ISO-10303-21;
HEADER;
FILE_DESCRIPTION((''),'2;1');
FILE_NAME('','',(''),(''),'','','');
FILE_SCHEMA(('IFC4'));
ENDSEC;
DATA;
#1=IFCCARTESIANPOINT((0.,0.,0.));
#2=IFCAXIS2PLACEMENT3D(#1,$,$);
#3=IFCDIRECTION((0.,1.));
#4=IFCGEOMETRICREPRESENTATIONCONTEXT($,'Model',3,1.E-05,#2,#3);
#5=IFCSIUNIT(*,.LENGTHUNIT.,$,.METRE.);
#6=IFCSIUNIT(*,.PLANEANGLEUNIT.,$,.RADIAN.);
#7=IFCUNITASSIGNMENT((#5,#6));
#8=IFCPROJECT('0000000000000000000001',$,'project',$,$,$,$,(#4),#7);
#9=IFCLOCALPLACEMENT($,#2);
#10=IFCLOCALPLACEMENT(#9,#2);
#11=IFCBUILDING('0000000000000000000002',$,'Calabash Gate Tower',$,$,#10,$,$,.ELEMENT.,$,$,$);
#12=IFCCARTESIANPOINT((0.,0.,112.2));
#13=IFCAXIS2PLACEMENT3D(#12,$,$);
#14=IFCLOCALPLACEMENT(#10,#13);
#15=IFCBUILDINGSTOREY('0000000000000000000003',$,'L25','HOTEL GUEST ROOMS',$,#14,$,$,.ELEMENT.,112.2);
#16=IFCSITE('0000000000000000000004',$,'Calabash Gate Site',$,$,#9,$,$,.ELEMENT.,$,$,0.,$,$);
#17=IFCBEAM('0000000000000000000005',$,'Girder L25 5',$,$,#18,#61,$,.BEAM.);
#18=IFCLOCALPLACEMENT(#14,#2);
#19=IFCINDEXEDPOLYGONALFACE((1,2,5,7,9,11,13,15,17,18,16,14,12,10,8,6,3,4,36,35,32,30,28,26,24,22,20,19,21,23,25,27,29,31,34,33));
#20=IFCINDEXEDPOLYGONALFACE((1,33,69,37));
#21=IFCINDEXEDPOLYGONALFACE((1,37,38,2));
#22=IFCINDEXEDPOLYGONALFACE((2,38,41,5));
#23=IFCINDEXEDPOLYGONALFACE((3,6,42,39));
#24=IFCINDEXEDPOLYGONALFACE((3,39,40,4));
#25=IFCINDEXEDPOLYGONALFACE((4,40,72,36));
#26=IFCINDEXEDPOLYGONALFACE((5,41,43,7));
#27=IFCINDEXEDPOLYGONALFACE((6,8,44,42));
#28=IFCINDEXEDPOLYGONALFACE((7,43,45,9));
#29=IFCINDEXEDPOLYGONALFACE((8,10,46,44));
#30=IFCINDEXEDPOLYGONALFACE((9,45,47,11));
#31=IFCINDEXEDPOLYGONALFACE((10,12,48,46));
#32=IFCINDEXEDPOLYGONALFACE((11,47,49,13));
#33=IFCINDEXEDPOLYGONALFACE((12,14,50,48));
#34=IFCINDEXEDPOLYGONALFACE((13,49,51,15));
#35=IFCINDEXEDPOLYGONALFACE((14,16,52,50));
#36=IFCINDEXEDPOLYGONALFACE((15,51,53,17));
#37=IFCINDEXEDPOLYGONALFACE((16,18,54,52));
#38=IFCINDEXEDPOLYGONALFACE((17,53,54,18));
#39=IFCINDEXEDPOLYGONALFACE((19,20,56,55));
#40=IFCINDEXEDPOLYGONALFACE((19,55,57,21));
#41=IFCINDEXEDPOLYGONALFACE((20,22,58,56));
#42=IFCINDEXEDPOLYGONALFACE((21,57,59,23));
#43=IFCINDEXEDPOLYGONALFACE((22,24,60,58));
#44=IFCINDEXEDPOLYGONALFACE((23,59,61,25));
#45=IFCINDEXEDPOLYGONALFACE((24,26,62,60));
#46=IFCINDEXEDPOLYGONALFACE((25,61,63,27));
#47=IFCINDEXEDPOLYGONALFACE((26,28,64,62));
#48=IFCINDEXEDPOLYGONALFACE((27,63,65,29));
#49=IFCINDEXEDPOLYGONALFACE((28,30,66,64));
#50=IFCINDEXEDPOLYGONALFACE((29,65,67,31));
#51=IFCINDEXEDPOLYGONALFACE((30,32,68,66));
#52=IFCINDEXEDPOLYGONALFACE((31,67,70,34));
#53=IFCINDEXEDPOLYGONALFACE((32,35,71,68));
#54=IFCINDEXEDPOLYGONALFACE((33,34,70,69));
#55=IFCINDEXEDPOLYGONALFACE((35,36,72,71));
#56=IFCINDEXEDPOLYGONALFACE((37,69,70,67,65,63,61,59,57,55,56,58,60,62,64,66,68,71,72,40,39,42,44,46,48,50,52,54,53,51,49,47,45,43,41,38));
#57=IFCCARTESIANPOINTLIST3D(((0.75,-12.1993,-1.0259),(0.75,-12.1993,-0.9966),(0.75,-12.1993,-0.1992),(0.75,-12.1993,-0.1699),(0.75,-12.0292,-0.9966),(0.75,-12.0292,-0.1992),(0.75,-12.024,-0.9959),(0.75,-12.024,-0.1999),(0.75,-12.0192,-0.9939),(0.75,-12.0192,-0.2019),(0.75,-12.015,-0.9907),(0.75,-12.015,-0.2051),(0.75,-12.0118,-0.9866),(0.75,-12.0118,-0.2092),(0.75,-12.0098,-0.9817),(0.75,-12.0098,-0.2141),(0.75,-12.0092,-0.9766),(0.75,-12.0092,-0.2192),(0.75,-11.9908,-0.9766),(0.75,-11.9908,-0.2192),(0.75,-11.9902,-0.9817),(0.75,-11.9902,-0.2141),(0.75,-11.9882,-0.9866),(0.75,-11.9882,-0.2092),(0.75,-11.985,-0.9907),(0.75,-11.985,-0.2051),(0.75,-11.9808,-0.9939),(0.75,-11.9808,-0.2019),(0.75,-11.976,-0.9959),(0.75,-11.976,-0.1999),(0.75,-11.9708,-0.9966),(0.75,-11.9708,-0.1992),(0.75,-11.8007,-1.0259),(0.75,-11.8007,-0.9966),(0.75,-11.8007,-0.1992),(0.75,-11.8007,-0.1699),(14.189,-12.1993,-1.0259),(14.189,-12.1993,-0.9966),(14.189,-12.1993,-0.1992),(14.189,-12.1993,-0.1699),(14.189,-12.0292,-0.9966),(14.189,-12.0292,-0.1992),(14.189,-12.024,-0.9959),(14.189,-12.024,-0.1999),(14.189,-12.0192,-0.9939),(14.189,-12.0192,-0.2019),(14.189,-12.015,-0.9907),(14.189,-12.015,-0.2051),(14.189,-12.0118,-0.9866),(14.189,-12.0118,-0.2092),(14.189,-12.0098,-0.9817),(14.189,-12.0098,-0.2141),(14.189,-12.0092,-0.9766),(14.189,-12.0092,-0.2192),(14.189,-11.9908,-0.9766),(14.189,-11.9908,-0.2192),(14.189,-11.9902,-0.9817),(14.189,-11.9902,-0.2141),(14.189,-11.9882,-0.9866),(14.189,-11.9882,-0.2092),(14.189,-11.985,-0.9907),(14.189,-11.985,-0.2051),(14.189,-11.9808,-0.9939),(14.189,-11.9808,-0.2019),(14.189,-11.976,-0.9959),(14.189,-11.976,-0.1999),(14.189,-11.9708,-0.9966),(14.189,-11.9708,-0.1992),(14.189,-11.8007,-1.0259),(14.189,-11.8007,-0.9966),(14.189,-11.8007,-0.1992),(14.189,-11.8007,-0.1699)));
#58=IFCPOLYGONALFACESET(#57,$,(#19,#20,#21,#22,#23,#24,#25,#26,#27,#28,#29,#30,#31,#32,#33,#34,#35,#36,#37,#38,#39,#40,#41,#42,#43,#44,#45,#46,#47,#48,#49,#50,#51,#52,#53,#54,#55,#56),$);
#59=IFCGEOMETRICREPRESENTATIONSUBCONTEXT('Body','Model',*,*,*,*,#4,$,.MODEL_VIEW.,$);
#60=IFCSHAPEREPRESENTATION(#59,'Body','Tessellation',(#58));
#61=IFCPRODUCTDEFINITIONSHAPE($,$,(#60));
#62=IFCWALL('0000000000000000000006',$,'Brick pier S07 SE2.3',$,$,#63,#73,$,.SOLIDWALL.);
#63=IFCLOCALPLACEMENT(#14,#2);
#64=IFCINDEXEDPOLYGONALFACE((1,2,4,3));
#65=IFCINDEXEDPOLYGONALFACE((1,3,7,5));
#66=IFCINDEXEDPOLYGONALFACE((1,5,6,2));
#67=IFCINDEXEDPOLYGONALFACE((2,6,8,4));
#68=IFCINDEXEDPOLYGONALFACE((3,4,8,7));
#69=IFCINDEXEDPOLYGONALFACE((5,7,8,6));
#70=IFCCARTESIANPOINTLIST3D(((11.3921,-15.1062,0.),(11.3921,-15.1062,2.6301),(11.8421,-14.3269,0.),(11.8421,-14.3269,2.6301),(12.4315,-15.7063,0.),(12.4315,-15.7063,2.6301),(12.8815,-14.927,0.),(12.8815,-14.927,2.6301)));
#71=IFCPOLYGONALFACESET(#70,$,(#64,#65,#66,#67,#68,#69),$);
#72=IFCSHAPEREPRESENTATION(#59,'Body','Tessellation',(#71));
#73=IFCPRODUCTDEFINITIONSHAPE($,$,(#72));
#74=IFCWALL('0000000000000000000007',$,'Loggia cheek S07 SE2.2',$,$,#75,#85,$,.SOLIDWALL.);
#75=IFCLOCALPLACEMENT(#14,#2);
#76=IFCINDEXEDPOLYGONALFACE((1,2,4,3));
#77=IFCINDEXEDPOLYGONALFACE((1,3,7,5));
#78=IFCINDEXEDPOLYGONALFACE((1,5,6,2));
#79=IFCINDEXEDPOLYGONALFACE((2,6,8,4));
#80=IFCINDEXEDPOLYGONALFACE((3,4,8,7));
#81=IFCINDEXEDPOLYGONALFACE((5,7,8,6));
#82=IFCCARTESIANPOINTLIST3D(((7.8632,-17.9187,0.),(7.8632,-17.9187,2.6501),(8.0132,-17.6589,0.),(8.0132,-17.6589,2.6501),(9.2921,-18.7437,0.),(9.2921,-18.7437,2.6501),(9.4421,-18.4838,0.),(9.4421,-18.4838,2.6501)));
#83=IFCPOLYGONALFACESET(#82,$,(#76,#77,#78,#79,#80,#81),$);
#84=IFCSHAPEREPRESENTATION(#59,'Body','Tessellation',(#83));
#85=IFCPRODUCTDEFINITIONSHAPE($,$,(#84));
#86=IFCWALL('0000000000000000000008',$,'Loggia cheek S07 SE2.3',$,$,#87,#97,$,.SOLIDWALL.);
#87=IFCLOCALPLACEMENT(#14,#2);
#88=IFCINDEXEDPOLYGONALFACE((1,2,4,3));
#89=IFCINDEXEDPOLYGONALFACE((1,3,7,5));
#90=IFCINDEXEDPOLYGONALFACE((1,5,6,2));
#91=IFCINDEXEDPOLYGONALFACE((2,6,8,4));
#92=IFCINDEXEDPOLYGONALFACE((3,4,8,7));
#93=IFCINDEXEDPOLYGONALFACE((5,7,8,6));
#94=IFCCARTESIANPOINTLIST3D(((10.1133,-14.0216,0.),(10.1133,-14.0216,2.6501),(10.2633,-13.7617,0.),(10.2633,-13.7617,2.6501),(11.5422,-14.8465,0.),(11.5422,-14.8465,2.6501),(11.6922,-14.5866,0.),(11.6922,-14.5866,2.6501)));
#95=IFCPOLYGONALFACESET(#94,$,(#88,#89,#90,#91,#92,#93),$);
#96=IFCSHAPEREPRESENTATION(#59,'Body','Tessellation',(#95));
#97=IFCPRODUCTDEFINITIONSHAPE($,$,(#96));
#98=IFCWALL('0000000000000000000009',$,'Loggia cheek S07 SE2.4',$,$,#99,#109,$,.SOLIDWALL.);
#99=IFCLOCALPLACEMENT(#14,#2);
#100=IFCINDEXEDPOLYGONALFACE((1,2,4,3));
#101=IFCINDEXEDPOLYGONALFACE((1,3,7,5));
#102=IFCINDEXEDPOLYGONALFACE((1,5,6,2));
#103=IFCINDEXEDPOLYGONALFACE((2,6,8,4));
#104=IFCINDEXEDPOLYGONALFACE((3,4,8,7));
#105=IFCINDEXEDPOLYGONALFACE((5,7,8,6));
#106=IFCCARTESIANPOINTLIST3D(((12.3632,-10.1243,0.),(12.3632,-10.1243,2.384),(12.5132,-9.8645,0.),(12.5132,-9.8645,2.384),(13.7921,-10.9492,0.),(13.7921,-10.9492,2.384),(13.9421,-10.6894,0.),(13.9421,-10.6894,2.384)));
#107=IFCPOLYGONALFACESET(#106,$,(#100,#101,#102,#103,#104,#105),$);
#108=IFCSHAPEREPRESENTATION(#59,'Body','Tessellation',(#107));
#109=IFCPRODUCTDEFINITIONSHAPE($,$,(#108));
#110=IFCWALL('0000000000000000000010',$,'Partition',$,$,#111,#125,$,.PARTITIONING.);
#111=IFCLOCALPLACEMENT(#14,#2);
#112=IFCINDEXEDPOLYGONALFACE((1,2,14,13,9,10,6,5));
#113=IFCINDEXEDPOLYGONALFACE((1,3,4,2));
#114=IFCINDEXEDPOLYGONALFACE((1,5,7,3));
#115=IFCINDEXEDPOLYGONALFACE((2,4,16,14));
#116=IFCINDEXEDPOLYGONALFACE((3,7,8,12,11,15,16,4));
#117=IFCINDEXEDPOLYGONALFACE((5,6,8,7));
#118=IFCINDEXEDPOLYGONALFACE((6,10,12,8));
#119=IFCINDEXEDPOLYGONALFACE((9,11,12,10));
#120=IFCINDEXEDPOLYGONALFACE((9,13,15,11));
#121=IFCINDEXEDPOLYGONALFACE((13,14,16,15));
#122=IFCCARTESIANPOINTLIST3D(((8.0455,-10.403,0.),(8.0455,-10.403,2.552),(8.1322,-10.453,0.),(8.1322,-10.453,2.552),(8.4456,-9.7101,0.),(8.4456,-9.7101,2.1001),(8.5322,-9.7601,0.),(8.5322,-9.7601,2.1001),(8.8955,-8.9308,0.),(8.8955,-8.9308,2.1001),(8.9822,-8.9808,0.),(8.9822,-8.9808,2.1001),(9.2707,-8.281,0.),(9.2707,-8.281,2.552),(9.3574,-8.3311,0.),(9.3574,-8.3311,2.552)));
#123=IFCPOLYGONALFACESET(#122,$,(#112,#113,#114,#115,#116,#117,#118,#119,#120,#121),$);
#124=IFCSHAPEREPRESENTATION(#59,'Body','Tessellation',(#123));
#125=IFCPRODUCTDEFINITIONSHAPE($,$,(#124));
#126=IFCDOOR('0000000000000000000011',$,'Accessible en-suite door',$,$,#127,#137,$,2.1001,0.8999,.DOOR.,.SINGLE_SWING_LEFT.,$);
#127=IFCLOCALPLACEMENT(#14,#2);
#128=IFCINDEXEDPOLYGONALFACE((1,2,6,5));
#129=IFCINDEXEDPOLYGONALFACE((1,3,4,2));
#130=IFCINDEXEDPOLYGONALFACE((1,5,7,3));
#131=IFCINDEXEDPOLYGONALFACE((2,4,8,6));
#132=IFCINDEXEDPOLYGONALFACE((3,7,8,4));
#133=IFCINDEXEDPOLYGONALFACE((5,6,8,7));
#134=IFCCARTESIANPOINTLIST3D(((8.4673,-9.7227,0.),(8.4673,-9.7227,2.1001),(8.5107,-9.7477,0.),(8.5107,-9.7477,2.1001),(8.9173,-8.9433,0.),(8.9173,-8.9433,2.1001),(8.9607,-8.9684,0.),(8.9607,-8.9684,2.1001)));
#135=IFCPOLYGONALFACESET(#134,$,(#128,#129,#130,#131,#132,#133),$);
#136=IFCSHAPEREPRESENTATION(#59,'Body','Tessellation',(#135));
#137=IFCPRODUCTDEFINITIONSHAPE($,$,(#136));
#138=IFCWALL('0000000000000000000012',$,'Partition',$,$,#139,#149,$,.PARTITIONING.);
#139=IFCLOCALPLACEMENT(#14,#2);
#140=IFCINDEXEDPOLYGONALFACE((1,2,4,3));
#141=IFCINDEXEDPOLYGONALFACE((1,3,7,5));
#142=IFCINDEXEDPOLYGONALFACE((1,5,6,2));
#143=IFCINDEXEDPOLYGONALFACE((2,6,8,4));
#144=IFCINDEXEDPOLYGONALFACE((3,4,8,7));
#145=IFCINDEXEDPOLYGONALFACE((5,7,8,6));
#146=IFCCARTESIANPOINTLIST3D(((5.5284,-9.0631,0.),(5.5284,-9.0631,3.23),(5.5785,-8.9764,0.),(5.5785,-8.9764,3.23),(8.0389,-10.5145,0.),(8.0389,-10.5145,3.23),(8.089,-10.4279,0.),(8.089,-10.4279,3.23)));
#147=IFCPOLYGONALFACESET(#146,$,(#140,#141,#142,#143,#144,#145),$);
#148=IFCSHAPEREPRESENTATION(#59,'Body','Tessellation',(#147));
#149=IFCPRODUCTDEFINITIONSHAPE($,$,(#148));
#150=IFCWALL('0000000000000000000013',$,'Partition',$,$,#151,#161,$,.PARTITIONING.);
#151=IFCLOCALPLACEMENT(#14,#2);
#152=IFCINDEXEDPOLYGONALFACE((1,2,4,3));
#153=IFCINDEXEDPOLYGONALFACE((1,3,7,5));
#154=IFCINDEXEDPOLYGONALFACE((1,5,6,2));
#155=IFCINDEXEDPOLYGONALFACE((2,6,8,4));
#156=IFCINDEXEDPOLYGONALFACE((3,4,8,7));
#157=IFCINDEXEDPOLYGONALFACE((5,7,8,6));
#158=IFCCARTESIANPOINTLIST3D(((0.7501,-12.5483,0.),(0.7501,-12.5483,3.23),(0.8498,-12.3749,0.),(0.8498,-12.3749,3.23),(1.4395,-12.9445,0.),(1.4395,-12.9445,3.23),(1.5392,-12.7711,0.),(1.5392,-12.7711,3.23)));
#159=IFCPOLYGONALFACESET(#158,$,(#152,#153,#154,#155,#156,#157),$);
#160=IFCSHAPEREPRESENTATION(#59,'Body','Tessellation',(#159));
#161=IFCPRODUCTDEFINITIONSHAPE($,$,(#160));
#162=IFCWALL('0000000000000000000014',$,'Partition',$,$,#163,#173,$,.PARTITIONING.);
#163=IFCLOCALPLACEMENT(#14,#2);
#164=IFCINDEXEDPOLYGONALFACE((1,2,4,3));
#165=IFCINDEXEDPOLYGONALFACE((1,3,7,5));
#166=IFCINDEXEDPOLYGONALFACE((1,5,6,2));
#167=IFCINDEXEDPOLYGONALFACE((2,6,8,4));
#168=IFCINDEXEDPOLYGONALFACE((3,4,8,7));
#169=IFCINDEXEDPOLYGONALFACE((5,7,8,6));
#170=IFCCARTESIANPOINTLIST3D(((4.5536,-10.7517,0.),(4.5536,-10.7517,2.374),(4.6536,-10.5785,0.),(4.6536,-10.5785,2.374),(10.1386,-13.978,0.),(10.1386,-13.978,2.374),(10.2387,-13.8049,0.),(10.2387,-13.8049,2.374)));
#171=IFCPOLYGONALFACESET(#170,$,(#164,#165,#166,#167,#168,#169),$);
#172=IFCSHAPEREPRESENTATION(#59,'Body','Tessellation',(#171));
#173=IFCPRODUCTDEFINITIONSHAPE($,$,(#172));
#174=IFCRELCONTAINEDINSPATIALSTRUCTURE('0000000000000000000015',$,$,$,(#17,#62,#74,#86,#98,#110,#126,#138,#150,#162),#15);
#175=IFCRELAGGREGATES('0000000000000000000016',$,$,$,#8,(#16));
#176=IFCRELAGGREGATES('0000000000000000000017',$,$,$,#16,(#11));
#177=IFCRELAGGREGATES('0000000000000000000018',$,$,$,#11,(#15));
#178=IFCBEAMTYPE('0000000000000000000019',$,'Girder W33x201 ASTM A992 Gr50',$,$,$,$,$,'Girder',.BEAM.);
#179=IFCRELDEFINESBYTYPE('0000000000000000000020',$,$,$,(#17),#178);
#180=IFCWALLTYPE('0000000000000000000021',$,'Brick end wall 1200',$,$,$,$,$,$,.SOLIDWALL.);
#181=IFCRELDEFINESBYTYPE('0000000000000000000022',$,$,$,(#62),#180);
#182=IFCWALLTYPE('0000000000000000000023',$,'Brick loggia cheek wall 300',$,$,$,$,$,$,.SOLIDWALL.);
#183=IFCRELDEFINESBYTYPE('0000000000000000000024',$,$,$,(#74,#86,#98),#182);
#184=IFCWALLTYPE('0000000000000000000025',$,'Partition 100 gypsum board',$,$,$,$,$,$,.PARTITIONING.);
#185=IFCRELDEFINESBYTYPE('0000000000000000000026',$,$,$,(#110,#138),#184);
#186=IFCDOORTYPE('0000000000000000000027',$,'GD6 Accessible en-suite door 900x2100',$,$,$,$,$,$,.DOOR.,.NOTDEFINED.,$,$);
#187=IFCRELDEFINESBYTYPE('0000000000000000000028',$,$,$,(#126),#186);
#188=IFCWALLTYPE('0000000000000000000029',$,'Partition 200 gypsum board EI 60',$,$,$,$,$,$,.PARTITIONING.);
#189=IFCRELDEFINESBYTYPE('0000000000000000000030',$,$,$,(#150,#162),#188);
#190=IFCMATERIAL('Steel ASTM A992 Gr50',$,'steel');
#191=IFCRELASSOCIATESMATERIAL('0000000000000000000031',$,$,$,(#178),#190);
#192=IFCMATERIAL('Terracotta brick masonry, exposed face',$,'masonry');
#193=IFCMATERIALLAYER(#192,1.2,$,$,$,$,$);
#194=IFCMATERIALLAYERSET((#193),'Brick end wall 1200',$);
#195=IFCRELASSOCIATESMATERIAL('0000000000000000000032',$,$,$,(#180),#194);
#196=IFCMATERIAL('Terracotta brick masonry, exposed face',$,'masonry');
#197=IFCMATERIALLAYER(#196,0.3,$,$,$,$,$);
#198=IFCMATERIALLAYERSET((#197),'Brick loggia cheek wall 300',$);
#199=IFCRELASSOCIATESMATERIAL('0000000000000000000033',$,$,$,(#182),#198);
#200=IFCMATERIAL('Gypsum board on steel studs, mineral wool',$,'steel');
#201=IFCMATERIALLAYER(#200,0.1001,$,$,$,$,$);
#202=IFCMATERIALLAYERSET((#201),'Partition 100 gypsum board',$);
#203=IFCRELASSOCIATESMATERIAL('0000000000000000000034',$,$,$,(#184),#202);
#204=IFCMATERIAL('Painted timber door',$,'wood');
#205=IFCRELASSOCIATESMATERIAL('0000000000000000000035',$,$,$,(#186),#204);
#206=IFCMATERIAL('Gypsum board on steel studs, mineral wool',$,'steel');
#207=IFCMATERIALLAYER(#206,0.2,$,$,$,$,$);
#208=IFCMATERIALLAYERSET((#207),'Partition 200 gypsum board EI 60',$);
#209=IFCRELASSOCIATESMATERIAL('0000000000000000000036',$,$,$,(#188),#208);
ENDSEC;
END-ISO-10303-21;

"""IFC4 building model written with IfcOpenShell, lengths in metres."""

from ifc_helpers import new_model, si_unit, direction, frame, frame_2d, origin, origin_2d, place, context, subcontext, project, spatial, rectangle, i_section, extrude, material, layer, layer_set, material_profile, profile_set, type_object, element, fill, save


model = new_model("IFC4")

# Units and contexts
model_context = context("Model", 3, precision=1e-05, world=origin(), true_north=direction((0.0, 1.0)))
body_context = subcontext(model_context, "Body", "Model", "MODEL_VIEW")
ifc_project = project(units=[si_unit("LENGTHUNIT", "METRE"), si_unit("PLANEANGLEUNIT", "RADIAN")], contexts=[model_context])

# Site, building, storey
site_placement = place(None, origin())
site = spatial("IfcSite", under=ifc_project, at=site_placement, Name="Calabash Gate Site", CompositionType="ELEMENT", RefElevation=0.0)
building_placement = place(site_placement, origin())
building = spatial("IfcBuilding", under=site, at=building_placement, Name="Calabash Gate Tower", CompositionType="ELEMENT")
storey_placement = place(building_placement, frame((0.0, 0.0, 112.2)))
storey = spatial("IfcBuildingStorey", under=building, at=storey_placement, Name="L25", Description="HOTEL GUEST ROOMS", CompositionType="ELEMENT", Elevation=112.2)

# Beam
ifc_material_1 = material(Name="Steel ASTM A992 Gr50", Category="steel")
ifc_material_profile_1 = material_profile(ifc_material_1, i_section(OverallWidth=0.3987, OverallDepth=0.856, WebThickness=0.0183, FlangeThickness=0.0293, FilletRadius=0.02, at=origin_2d()))
ifc_profile_set_1 = profile_set([ifc_material_profile_1], Name="Steel ASTM A992 Gr50")
beam_type_1 = type_object("IfcBeamType", Name="Girder W33x201 ASTM A992 Gr50", ElementType="Girder", PredefinedType="BEAM", material=ifc_profile_set_1)
beam_1_placement = place(storey_placement, frame((0.75, -12.0, -0.5979), z_axis=(1.0, 0.0, 0.0), x_axis=(0.0, 1.0, 0.0)))
element("IfcBeam", 1, at=beam_1_placement, inside=storey, type_object=beam_type_1, Name="Girder L25 5", PredefinedType="BEAM", context=body_context, shape_type="SweptSolid", body=[
    extrude(i_section(OverallWidth=0.3987, OverallDepth=0.856, WebThickness=0.0183, FlangeThickness=0.0293, FilletRadius=0.02, at=origin_2d()), origin(), (0.0, 0.0, 1.0), 13.439),
])

# Walls
ifc_material_2 = material(Name="Terracotta brick masonry, exposed face", Category="masonry")
ifc_layer_1 = layer(ifc_material_2, 1.2)
ifc_layer_set_1 = layer_set([ifc_layer_1], Name="Brick end wall 1200")
wall_type_1 = type_object("IfcWallType", Name="Brick end wall 1200", PredefinedType="SOLIDWALL", material=ifc_layer_set_1)
wall_1_placement = place(storey_placement, frame((12.6565, -15.3167, 0.0), z_axis=(0.0, 0.0, 1.0), x_axis=(-0.866006, 0.500034, 0.0)))
element("IfcWall", 2, at=wall_1_placement, inside=storey, type_object=wall_type_1, Name="Brick pier S07 SE2.3", PredefinedType="SOLIDWALL", context=body_context, shape_type="SweptSolid", body=[
    extrude(rectangle(XDim=1.2002, YDim=0.8999, at=frame_2d((0.6001, 0.0))), origin(), (0.0, 0.0, 1.0), 2.6301),
])
ifc_material_3 = material(Name="Terracotta brick masonry, exposed face", Category="masonry")
ifc_layer_2 = layer(ifc_material_3, 0.3)
ifc_layer_set_2 = layer_set([ifc_layer_2], Name="Brick loggia cheek wall 300")
wall_type_2 = type_object("IfcWallType", Name="Brick loggia cheek wall 300", PredefinedType="SOLIDWALL", material=ifc_layer_set_2)
for number, where, z_axis, x_axis, name in (
    (3, (7.9382, -17.7888, 0.0), (0.0, 0.0, 1.0), (0.86604, -0.499974, 0.0), "Loggia cheek S07 SE2.2"),
    (4, (11.6172, -14.7166, 0.0), (0.0, 0.0, 1.0), (-0.86604, 0.499974, 0.0), "Loggia cheek S07 SE2.3"),
):
    element("IfcWall", number, at=place(storey_placement, frame(where, z_axis=z_axis, x_axis=x_axis)), inside=storey, type_object=wall_type_2, Name=name, PredefinedType="SOLIDWALL", context=body_context, shape_type="SweptSolid", body=[
        extrude(rectangle(XDim=1.6499, YDim=0.3, at=frame_2d((0.825, 0.0))), origin(), (0.0, 0.0, 1.0), 2.6501),
    ])
wall_2_placement = place(storey_placement, frame((12.4382, -9.9944, 0.0), z_axis=(0.0, 0.0, 1.0), x_axis=(0.86604, -0.499974, 0.0)))
element("IfcWall", 5, at=wall_2_placement, inside=storey, type_object=wall_type_2, Name="Loggia cheek S07 SE2.4", PredefinedType="SOLIDWALL", context=body_context, shape_type="SweptSolid", body=[
    extrude(rectangle(XDim=1.6499, YDim=0.3, at=frame_2d((0.825, 0.0))), origin(), (0.0, 0.0, 1.0), 2.384),
])

# Wall, opening, door
ifc_material_4 = material(Name="Gypsum board on steel studs, mineral wool", Category="steel")
ifc_layer_3 = layer(ifc_material_4, 0.1001)
ifc_layer_set_3 = layer_set([ifc_layer_3], Name="Partition 100 gypsum board")
wall_type_3 = type_object("IfcWallType", Name="Partition 100 gypsum board", PredefinedType="PARTITIONING", material=ifc_layer_set_3)
wall_3_placement = place(storey_placement, frame((8.0889, -10.428, 0.0), z_axis=(0.0, 0.0, 1.0), x_axis=(0.500019, 0.866015, 0.0)))
wall_3 = element("IfcWall", 6, at=wall_3_placement, inside=storey, type_object=wall_type_3, Name="Partition", PredefinedType="PARTITIONING", context=body_context, shape_type="SweptSolid", body=[
    extrude(rectangle(XDim=2.4502, YDim=0.1001, at=frame_2d((1.2251, 0.0))), origin(), (0.0, 0.0, 1.0), 2.552),
])
opening_1_placement = place(wall_3_placement, frame((0.8, 0.0, 0.0)))
opening_1 = element("IfcOpeningElement", 7, at=opening_1_placement, cuts=wall_3, PredefinedType="OPENING", context=body_context, shape_type="SweptSolid", body=[
    extrude(rectangle(XDim=0.8999, YDim=2.1001, at=frame_2d((0.45, 1.05))), frame((0.0, 0.0601, 0.0), z_axis=(0.0, -1.0, 0.0), x_axis=(1.0, 0.0, 0.0)), (0.0, 0.0, 1.0), 0.1201),
])
ifc_material_5 = material(Name="Painted timber door", Category="wood")
door_type_1 = type_object("IfcDoorType", Name="GD6 Accessible en-suite door 900x2100", OperationType="NOTDEFINED", PredefinedType="DOOR", material=ifc_material_5)
door_1_placement = place(opening_1_placement, origin())
door_1 = element("IfcDoor", 8, at=door_1_placement, inside=storey, type_object=door_type_1, Name="Accessible en-suite door", OperationType="SINGLE_SWING_LEFT", OverallHeight=2.1001, OverallWidth=0.8999, PredefinedType="DOOR", context=body_context, shape_type="SweptSolid", body=[
    extrude(rectangle(XDim=0.8999, YDim=2.1001, at=frame_2d((0.45, 1.05))), frame((0.0, 0.0249, 0.0), z_axis=(0.0, -1.0, 0.0), x_axis=(1.0, 0.0, 0.0)), (0.0, 0.0, 1.0), 0.05),
])
fill(opening_1, door_1)

# Walls
wall_4_placement = place(storey_placement, frame((5.5535, -9.0198, 0.0), z_axis=(0.0, 0.0, 1.0), x_axis=(0.86573, -0.500512, 0.0)))
element("IfcWall", 9, at=wall_4_placement, inside=storey, type_object=wall_type_3, Name="Partition", PredefinedType="PARTITIONING", context=body_context, shape_type="SweptSolid", body=[
    extrude(rectangle(XDim=2.8999, YDim=0.1001, at=frame_2d((1.45, 0.0))), origin(), (0.0, 0.0, 1.0), 3.23),
])
ifc_material_6 = material(Name="Gypsum board on steel studs, mineral wool", Category="steel")
ifc_layer_4 = layer(ifc_material_6, 0.2)
ifc_layer_set_4 = layer_set([ifc_layer_4], Name="Partition 200 gypsum board EI 60")
wall_type_4 = type_object("IfcWallType", Name="Partition 200 gypsum board EI 60", PredefinedType="PARTITIONING", material=ifc_layer_set_4)
wall_5_placement = place(storey_placement, frame((0.8, -12.4617, 0.0), z_axis=(0.0, 0.0, 1.0), x_axis=(0.867012, -0.498287, 0.0)))
element("IfcWall", 10, at=wall_5_placement, inside=storey, type_object=wall_type_4, Name="Partition", PredefinedType="PARTITIONING", context=body_context, shape_type="SweptSolid", body=[
    extrude(rectangle(XDim=0.7952, YDim=0.2, at=frame_2d((0.3975, 0.0))), origin(), (0.0, 0.0, 1.0), 3.23),
])
wall_6_placement = place(storey_placement, frame((4.6035, -10.665, 0.0), z_axis=(0.0, 0.0, 1.0), x_axis=(0.865902, -0.500214, 0.0)))
element("IfcWall", 11, at=wall_6_placement, inside=storey, type_object=wall_type_4, Name="Partition", PredefinedType="PARTITIONING", context=body_context, shape_type="SweptSolid", body=[
    extrude(rectangle(XDim=6.45, YDim=0.2, at=frame_2d((3.2251, 0.0))), origin(), (0.0, 0.0, 1.0), 2.374),
])

save(model, "model.ifc")
